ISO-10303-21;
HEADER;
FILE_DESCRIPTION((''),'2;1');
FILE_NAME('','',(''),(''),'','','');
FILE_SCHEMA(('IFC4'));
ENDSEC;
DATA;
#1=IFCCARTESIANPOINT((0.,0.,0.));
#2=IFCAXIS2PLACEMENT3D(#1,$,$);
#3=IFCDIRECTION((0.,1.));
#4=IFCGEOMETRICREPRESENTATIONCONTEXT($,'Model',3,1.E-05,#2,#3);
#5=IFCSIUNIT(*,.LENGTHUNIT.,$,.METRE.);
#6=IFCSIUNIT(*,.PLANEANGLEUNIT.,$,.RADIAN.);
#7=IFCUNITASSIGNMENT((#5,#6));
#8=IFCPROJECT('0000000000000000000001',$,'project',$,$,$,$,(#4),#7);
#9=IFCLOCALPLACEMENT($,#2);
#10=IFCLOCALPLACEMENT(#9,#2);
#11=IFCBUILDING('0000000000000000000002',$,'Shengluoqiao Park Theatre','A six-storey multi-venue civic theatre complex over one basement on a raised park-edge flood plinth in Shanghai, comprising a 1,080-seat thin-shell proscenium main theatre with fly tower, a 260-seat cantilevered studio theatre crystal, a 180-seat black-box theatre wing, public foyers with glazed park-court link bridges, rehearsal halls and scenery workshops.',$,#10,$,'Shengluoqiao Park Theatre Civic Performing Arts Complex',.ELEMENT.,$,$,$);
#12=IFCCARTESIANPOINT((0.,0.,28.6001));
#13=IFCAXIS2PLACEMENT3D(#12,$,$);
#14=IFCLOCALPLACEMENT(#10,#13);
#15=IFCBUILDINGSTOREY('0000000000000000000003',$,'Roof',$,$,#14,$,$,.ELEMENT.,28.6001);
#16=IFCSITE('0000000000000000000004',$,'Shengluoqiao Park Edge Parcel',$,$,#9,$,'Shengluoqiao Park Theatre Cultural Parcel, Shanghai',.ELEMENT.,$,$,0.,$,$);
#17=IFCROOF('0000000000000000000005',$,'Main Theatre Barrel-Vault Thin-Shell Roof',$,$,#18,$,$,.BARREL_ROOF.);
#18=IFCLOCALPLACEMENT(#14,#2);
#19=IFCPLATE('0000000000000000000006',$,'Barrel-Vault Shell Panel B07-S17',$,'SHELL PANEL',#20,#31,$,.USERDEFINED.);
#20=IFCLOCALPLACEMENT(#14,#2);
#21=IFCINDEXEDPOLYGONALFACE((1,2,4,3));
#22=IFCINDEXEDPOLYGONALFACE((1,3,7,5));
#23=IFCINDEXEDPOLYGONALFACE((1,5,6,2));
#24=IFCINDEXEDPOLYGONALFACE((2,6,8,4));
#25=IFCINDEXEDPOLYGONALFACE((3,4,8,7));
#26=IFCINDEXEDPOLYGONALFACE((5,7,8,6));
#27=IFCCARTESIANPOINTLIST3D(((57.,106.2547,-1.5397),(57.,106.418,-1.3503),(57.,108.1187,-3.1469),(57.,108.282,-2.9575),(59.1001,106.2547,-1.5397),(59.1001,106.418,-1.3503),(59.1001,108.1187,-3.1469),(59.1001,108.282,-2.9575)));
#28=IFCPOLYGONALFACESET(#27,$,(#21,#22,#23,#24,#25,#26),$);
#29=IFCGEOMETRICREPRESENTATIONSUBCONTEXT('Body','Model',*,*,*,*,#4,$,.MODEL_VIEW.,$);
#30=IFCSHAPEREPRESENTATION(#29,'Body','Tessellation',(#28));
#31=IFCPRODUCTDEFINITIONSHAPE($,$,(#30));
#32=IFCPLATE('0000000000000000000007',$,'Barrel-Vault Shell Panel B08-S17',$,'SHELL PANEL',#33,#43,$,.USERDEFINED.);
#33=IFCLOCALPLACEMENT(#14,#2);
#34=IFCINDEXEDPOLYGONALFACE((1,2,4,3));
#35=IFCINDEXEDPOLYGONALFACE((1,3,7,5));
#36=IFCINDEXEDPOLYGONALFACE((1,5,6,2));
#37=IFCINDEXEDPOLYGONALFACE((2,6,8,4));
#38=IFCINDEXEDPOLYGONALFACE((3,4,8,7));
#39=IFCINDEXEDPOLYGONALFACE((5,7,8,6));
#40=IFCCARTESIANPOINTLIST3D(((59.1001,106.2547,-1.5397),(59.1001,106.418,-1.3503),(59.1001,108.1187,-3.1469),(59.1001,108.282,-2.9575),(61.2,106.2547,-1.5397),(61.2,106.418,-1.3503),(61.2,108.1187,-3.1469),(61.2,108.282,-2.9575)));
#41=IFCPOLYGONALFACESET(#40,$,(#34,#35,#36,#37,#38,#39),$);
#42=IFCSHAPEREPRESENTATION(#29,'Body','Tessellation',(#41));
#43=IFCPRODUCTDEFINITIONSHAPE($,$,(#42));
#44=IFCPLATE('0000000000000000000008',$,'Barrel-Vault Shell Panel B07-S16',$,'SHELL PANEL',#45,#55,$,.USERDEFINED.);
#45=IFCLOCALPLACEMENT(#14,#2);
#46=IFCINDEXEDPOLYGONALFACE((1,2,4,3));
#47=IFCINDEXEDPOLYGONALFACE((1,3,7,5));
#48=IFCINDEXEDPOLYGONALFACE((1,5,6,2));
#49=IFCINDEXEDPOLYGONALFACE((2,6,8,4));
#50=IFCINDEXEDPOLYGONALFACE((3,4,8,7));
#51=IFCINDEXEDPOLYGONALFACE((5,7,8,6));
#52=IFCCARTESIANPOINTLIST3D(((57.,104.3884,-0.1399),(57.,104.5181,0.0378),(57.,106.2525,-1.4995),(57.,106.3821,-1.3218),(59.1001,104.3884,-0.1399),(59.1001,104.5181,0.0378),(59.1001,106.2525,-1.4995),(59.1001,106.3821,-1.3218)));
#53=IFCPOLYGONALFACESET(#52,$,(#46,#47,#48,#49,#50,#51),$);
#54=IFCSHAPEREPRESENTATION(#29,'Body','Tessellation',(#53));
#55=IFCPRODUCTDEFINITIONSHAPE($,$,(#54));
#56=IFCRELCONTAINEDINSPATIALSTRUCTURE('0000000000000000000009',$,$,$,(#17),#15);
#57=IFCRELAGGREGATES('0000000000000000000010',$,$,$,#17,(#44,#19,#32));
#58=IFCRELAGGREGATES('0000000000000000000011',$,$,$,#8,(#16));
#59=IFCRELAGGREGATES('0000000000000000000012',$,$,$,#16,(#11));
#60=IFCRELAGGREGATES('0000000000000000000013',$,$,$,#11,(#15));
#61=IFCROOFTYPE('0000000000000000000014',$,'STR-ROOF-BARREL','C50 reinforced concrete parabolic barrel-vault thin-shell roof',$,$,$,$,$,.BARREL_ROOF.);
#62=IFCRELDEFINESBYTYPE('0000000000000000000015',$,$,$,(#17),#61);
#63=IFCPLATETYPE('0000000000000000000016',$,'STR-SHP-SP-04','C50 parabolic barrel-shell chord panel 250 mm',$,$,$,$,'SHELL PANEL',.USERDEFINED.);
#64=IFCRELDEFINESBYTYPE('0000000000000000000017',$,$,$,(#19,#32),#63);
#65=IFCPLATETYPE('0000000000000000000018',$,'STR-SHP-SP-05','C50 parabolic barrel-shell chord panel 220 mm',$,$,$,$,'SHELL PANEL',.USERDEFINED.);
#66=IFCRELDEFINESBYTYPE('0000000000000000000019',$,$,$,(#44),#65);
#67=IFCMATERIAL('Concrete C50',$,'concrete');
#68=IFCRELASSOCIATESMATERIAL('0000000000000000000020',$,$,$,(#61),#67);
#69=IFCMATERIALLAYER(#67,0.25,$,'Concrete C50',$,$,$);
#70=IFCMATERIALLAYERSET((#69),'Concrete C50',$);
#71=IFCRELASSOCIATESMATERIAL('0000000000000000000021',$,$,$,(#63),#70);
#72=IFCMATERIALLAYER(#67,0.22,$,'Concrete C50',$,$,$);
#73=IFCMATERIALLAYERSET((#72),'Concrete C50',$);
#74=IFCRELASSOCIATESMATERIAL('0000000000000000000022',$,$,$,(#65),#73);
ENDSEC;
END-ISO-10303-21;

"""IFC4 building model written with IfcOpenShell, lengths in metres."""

from ifc_helpers import new_model, si_unit, direction, frame, origin, place, context, subcontext, project, spatial, polyline, outline, extrude, material, layer, layer_set, type_object, element, aggregate, save


model = new_model("IFC4")

# Units and contexts
model_context = context("Model", 3, precision=1e-05, world=origin(), true_north=direction((0.0, 1.0)))
body_context = subcontext(model_context, "Body", "Model", "MODEL_VIEW")
ifc_project = project(units=[si_unit("LENGTHUNIT", "METRE"), si_unit("PLANEANGLEUNIT", "RADIAN")], contexts=[model_context])

# Site, building, storey
site_placement = place(None, origin())
site = spatial("IfcSite", under=ifc_project, at=site_placement, Name="Shengluoqiao Park Edge Parcel", LongName="Shengluoqiao Park Theatre Cultural Parcel, Shanghai", CompositionType="ELEMENT", RefElevation=0.0)
building_placement = place(site_placement, origin())
building = spatial("IfcBuilding", under=site, at=building_placement, Name="Shengluoqiao Park Theatre", Description="A six-storey multi-venue civic theatre complex over one basement on a raised park-edge flood plinth in Shanghai, comprising a 1,080-seat thin-shell proscenium main theatre with fly tower, a 260-seat cantilevered studio theatre crystal, a 180-seat black-box theatre wing, public foyers with glazed park-court link bridges, rehearsal halls and scenery workshops.", LongName="Shengluoqiao Park Theatre Civic Performing Arts Complex", CompositionType="ELEMENT")
storey_placement = place(building_placement, frame((0.0, 0.0, 28.6001)))
storey = spatial("IfcBuildingStorey", under=building, at=storey_placement, Name="Roof", CompositionType="ELEMENT", Elevation=28.6001)

# Shared definitions
ifc_material_1 = material(Name="Concrete C50", Category="concrete")

# Roof, plates
roof_type = type_object("IfcRoofType", Name="STR-ROOF-BARREL", Description="C50 reinforced concrete parabolic barrel-vault thin-shell roof", PredefinedType="BARREL_ROOF", material=ifc_material_1)
roof_placement = place(storey_placement, origin())
roof = element("IfcRoof", 1, at=roof_placement, inside=storey, type_object=roof_type, Name="Main Theatre Barrel-Vault Thin-Shell Roof", PredefinedType="BARREL_ROOF")
ifc_layer_1 = layer(ifc_material_1, 0.25, Name="Concrete C50")
ifc_layer_set_1 = layer_set([ifc_layer_1], Name="Concrete C50")
plate_type_1 = type_object("IfcPlateType", Name="STR-SHP-SP-04", Description="C50 parabolic barrel-shell chord panel 250 mm", ElementType="SHELL PANEL", PredefinedType="USERDEFINED", material=ifc_layer_set_1)
plate_1_placement = place(storey_placement, frame((57.0, 106.418, -1.3503), z_axis=(0.0, 0.653002, 0.757356), x_axis=(1.0, 0.0, 0.0)))
plate_1 = element("IfcPlate", 2, at=plate_1_placement, type_object=plate_type_1, Name="Barrel-Vault Shell Panel B07-S17", ObjectType="SHELL PANEL", PredefinedType="USERDEFINED", context=body_context, shape_type="SweptSolid", body=[
    extrude(outline(polyline([(0.0, 0.0), (2.1001, 0.0), (2.1001, 2.4612), (0.0, 2.4612), (0.0, 0.0)])), origin(), (0.0, 0.0, -1.0), 0.25),
])
plate_2_placement = place(storey_placement, frame((59.1001, 106.418, -1.3503), z_axis=(0.0, 0.653002, 0.757356), x_axis=(1.0, 0.0, 0.0)))
plate_2 = element("IfcPlate", 3, at=plate_2_placement, type_object=plate_type_1, Name="Barrel-Vault Shell Panel B08-S17", ObjectType="SHELL PANEL", PredefinedType="USERDEFINED", context=body_context, shape_type="SweptSolid", body=[
    extrude(outline(polyline([(0.0, 0.0), (2.0999, 0.0), (2.0999, 2.4612), (0.0, 2.4612), (0.0, 0.0)])), origin(), (0.0, 0.0, -1.0), 0.25),
])
ifc_layer_2 = layer(ifc_material_1, 0.22, Name="Concrete C50")
ifc_layer_set_2 = layer_set([ifc_layer_2], Name="Concrete C50")
plate_type_2 = type_object("IfcPlateType", Name="STR-SHP-SP-05", Description="C50 parabolic barrel-shell chord panel 220 mm", ElementType="SHELL PANEL", PredefinedType="USERDEFINED", material=ifc_layer_set_2)
plate_3_placement = place(storey_placement, frame((57.0, 104.5181, 0.0378), z_axis=(0.0, 0.589297, 0.807916), x_axis=(1.0, 0.0, 0.0)))
plate_3 = element("IfcPlate", 4, at=plate_3_placement, type_object=plate_type_2, Name="Barrel-Vault Shell Panel B07-S16", ObjectType="SHELL PANEL", PredefinedType="USERDEFINED", context=body_context, shape_type="SweptSolid", body=[
    extrude(outline(polyline([(0.0, 0.0), (2.1001, 0.0), (2.1001, 2.3072), (0.0, 2.3072), (0.0, 0.0)])), origin(), (0.0, 0.0, -1.0), 0.22),
])
aggregate(roof, [plate_3, plate_1, plate_2])

save(model, "model.ifc")
